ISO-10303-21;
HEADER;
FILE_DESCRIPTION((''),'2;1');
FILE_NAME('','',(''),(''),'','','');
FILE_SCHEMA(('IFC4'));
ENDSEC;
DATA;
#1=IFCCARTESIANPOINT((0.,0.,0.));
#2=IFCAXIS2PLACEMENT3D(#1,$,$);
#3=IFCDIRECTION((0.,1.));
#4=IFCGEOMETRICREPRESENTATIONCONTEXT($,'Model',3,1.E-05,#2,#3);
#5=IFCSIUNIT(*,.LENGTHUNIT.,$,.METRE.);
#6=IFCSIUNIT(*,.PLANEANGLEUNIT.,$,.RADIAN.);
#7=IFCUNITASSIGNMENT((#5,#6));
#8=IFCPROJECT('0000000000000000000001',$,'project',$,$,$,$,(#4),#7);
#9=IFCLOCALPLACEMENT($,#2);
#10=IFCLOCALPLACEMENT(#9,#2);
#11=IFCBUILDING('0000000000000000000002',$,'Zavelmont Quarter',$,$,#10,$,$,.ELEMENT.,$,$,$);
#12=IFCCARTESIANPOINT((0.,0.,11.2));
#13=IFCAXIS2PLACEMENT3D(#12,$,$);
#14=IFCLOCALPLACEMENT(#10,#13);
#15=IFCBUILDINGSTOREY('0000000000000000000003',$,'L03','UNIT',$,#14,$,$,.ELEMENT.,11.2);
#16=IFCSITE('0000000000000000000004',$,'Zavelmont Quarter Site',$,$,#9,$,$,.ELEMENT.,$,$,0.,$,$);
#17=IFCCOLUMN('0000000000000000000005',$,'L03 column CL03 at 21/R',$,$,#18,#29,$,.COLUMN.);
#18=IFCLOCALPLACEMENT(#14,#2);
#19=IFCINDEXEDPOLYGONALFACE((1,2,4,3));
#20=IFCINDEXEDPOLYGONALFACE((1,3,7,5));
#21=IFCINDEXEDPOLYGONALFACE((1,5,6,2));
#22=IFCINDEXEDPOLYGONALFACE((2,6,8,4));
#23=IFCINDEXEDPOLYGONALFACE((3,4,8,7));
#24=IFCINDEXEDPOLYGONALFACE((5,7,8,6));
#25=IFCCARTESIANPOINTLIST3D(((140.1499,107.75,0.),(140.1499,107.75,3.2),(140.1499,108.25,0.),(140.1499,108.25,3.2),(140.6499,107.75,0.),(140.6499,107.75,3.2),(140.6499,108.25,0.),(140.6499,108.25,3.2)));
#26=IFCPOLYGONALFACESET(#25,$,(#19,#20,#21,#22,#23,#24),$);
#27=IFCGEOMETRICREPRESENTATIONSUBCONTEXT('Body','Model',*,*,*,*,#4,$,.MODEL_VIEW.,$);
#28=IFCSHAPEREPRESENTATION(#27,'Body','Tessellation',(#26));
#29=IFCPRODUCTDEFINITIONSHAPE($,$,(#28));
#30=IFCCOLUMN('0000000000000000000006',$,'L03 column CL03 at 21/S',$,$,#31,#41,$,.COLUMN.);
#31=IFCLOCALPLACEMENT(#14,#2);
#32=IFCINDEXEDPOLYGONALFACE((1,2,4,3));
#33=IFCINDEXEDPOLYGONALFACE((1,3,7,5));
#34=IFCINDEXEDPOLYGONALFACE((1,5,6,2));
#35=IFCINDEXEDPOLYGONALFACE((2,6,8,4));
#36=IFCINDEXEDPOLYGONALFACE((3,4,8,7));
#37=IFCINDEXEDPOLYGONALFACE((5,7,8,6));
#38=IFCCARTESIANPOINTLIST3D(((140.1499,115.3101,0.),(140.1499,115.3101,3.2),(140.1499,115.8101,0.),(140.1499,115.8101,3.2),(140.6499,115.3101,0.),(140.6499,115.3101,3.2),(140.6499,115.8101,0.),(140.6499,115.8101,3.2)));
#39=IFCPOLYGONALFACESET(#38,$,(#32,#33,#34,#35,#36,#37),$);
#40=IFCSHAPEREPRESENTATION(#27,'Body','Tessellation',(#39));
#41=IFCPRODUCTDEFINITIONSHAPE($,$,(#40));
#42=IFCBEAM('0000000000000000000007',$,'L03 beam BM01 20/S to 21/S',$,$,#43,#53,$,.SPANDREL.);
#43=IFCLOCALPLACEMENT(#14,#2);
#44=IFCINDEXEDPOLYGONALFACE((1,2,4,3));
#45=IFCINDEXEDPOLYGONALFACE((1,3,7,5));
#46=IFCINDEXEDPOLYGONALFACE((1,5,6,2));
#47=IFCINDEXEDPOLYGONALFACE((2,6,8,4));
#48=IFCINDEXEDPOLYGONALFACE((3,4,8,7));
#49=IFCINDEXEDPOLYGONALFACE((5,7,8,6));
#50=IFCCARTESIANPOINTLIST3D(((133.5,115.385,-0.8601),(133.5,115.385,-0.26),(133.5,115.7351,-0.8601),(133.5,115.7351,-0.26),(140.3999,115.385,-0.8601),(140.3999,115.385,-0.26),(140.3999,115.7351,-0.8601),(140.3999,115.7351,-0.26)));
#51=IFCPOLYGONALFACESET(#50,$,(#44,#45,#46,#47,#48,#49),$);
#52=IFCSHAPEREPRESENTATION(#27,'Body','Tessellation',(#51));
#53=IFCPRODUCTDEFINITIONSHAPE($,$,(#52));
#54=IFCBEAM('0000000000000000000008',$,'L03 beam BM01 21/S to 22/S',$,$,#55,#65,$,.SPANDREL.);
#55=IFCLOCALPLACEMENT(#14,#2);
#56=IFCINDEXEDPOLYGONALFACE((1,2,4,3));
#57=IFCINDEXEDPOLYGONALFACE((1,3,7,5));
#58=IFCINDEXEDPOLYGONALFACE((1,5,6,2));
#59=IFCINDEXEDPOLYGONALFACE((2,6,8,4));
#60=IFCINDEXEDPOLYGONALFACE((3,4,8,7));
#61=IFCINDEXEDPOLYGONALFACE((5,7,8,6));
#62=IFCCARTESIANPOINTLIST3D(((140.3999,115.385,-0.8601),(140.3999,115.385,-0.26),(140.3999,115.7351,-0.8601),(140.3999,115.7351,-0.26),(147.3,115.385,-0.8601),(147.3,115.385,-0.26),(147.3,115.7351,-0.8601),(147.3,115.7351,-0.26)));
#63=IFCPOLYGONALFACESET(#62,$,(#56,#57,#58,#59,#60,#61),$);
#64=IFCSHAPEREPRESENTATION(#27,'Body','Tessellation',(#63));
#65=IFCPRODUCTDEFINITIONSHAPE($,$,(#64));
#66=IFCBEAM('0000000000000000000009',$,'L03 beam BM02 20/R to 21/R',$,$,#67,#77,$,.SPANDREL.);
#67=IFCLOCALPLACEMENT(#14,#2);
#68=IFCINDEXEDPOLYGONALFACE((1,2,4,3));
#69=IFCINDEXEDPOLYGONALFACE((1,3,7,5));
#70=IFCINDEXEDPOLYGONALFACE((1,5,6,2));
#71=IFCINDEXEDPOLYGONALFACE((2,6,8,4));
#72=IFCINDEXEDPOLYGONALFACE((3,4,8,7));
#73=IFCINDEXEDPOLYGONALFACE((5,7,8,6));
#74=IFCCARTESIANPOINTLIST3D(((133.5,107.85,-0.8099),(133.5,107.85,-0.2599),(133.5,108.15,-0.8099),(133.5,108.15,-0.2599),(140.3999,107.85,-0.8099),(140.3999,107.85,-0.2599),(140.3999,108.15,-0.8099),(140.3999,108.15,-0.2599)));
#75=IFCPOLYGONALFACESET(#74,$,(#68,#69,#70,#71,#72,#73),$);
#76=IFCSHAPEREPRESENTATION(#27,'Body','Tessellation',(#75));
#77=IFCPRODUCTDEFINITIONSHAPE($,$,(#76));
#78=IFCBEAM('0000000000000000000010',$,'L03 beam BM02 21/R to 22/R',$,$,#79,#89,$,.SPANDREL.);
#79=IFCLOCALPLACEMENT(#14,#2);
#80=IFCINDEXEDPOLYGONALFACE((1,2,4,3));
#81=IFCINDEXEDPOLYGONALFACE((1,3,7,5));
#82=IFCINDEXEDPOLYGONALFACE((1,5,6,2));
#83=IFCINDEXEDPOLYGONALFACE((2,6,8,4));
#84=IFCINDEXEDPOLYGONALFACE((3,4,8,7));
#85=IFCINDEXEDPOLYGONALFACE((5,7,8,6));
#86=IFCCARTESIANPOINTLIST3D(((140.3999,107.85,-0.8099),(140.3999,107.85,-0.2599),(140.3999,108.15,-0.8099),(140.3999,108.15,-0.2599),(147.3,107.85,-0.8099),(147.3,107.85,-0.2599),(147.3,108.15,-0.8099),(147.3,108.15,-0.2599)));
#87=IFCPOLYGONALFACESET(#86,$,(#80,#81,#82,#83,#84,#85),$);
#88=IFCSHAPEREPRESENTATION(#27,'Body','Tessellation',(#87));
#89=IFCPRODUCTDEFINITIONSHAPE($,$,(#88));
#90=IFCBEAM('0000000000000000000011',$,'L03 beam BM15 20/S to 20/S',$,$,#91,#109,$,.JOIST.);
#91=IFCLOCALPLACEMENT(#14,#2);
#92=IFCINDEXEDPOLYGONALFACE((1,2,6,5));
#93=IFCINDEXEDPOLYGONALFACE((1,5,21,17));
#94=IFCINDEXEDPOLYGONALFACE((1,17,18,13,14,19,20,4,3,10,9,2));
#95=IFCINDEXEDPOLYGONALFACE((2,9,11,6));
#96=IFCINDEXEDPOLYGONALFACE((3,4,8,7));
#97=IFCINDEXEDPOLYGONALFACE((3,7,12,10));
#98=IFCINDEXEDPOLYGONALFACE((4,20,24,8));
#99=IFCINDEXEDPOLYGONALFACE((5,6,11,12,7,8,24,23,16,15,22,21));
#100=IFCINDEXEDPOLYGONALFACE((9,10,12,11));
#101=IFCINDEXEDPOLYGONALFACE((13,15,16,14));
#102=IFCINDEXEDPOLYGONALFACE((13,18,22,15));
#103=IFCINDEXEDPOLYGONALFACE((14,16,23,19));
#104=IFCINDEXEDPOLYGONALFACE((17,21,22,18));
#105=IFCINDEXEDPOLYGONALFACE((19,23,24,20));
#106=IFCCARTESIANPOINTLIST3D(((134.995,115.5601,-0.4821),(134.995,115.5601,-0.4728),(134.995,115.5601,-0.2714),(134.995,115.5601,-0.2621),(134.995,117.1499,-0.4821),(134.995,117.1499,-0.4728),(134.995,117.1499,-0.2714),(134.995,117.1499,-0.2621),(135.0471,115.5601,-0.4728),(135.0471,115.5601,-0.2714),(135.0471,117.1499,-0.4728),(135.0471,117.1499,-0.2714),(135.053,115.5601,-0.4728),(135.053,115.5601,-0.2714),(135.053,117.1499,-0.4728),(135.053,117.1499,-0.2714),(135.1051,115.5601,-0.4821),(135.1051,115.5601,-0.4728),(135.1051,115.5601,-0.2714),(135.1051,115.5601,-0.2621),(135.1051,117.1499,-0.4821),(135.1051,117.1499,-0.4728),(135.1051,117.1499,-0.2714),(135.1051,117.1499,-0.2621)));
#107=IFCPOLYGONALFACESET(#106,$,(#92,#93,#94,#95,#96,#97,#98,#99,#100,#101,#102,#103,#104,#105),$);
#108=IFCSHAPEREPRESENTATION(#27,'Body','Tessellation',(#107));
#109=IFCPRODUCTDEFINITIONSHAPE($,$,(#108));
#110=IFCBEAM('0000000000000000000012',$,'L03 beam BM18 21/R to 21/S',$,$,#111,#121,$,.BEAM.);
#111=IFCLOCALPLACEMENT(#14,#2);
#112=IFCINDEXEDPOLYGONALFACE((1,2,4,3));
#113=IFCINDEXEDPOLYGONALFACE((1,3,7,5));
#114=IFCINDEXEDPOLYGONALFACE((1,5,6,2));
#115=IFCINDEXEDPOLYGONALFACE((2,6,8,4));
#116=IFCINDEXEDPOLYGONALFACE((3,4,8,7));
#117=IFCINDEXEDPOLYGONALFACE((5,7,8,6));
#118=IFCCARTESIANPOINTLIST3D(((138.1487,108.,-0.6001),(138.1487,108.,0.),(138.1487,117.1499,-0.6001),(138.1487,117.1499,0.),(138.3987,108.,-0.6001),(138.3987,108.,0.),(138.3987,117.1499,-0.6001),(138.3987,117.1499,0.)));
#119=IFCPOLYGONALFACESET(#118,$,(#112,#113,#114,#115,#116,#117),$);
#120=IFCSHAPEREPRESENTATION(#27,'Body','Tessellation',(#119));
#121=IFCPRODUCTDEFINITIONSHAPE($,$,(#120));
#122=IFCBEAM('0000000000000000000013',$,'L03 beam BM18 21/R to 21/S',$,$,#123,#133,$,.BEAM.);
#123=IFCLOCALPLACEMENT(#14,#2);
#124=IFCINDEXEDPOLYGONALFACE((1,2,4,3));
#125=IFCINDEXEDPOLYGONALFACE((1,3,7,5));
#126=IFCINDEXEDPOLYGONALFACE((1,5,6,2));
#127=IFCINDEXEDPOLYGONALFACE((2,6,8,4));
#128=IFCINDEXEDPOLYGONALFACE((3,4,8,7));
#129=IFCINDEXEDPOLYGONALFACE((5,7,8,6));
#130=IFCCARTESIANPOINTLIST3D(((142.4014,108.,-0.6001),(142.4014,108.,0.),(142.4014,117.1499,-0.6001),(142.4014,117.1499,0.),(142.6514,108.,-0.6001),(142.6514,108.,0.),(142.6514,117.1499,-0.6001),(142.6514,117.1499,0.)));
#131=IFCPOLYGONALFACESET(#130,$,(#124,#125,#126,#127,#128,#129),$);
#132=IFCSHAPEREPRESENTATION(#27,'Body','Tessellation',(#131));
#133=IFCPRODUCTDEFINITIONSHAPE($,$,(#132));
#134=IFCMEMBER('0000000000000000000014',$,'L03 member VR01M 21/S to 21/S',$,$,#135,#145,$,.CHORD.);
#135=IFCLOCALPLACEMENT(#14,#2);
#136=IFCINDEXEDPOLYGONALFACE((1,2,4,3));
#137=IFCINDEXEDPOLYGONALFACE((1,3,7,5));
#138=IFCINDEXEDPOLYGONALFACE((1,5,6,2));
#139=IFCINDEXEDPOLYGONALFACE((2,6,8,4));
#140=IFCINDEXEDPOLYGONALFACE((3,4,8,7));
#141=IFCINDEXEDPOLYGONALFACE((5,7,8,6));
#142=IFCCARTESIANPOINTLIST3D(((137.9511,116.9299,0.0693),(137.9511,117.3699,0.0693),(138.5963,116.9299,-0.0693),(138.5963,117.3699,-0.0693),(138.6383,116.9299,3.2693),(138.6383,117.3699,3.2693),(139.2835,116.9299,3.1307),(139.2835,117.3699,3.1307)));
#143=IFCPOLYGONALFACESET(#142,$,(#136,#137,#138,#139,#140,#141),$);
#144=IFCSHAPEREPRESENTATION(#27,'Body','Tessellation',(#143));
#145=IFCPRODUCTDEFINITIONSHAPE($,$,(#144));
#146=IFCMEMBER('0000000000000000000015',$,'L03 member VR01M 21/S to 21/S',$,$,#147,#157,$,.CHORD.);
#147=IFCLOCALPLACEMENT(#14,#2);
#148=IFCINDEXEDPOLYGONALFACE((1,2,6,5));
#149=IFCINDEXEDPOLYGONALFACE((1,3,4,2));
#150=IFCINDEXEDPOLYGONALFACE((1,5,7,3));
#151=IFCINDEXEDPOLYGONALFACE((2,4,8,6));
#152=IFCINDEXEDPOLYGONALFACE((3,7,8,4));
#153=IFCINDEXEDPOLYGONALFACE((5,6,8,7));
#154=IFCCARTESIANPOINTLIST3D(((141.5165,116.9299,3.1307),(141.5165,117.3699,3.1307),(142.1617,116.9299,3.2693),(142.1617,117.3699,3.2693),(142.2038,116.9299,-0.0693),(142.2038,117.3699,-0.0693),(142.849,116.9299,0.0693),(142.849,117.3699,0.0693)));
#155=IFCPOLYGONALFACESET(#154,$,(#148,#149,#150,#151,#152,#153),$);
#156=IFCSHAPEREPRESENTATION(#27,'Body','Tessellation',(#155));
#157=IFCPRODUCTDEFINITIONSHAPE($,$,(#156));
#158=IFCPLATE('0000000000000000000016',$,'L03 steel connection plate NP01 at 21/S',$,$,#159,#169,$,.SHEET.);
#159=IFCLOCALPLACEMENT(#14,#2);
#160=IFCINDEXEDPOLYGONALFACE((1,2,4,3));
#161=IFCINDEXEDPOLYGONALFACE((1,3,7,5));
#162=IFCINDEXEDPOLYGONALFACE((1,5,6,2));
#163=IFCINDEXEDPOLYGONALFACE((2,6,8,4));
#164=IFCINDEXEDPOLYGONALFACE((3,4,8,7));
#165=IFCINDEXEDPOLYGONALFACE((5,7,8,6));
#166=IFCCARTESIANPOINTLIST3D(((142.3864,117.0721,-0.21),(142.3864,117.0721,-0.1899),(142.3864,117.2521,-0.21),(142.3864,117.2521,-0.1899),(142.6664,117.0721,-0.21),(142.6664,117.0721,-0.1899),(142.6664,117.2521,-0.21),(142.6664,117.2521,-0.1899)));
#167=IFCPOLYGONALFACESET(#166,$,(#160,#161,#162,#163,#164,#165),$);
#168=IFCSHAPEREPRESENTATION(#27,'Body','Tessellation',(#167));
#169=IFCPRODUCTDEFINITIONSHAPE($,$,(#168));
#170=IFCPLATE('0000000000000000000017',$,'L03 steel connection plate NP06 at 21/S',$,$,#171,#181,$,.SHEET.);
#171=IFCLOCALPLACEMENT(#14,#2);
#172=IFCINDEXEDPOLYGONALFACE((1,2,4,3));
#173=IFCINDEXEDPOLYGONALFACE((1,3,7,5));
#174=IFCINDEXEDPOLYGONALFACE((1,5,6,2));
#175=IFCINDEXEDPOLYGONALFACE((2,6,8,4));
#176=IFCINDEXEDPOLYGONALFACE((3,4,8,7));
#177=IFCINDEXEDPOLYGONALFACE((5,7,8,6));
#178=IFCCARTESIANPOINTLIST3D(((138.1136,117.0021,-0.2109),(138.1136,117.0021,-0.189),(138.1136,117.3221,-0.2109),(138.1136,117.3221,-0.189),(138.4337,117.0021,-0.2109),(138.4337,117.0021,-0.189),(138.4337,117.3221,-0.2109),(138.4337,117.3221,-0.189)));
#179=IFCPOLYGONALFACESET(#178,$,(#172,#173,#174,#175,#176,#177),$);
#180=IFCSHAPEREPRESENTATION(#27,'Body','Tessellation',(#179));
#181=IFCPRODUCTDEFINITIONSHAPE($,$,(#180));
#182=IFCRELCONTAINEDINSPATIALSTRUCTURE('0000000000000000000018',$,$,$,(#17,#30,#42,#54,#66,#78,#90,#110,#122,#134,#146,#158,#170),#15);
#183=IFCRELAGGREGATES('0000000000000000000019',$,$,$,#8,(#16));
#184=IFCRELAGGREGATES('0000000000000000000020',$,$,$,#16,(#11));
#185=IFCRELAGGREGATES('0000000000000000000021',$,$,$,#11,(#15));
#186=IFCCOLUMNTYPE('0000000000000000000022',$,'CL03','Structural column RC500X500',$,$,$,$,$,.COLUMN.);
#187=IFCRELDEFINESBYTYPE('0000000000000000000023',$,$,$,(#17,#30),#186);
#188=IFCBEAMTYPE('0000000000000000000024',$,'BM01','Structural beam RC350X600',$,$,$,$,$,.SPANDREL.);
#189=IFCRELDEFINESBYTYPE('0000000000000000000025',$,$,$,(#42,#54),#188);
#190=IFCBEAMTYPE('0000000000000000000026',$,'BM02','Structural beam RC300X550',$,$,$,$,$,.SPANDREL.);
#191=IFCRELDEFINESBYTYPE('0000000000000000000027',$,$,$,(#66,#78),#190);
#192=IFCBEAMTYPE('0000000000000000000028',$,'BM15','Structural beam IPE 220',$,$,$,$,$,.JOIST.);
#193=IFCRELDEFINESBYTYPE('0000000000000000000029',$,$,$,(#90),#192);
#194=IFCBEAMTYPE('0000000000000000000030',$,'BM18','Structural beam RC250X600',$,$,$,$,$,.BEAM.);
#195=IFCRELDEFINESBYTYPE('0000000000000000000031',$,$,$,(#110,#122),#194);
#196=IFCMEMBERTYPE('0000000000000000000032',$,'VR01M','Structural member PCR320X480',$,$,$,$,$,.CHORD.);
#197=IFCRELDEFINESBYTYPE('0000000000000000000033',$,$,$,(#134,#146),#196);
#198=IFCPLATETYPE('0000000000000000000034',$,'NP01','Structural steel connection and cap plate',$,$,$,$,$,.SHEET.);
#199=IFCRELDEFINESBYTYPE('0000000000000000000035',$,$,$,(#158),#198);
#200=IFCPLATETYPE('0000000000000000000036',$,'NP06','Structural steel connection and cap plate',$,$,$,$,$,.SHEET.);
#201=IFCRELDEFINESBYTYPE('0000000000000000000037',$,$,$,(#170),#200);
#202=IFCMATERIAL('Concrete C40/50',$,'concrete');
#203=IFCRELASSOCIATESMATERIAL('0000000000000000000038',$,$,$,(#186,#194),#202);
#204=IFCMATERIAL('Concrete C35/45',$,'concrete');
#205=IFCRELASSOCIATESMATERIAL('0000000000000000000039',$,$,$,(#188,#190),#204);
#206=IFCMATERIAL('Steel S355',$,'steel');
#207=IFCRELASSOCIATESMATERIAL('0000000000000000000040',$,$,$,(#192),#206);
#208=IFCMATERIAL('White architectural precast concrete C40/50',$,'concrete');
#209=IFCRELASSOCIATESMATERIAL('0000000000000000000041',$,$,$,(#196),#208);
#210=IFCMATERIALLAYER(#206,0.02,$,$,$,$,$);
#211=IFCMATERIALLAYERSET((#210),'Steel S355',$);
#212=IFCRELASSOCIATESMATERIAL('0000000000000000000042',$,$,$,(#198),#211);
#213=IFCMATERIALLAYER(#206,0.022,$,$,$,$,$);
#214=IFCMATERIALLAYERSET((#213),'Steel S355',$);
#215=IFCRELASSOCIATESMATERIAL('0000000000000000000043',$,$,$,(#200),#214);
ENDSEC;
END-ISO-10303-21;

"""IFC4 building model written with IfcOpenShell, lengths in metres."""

from ifc_helpers import new_model, si_unit, direction, frame, origin, origin_2d, place, context, subcontext, project, spatial, rectangle, i_section, extrude, material, layer, layer_set, material_profile, profile_set, type_object, element, save


model = new_model("IFC4")

# Units and contexts
model_context = context("Model", 3, precision=1e-05, world=origin(), true_north=direction((0.0, 1.0)))
body_context = subcontext(model_context, "Body", "Model", "MODEL_VIEW")
ifc_project = project(units=[si_unit("LENGTHUNIT", "METRE"), si_unit("PLANEANGLEUNIT", "RADIAN")], contexts=[model_context])

# Site, building, storey
site_placement = place(None, origin())
site = spatial("IfcSite", under=ifc_project, at=site_placement, Name="Zavelmont Quarter Site", CompositionType="ELEMENT", RefElevation=0.0)
building_placement = place(site_placement, origin())
building = spatial("IfcBuilding", under=site, at=building_placement, Name="Zavelmont Quarter", CompositionType="ELEMENT")
storey_placement = place(building_placement, frame((0.0, 0.0, 11.2)))
storey = spatial("IfcBuildingStorey", under=building, at=storey_placement, Name="L03", Description="UNIT", CompositionType="ELEMENT", Elevation=11.2)

# Columns
ifc_material_1 = material(Name="Concrete C40/50", Category="concrete")
ifc_material_profile_1 = material_profile(ifc_material_1, rectangle(XDim=0.5, YDim=0.5, at=origin_2d()), Name="RC500X500")
ifc_profile_set_1 = profile_set([ifc_material_profile_1], Name="Concrete C40/50")
column_type = type_object("IfcColumnType", Name="CL03", Description="Structural column RC500X500", PredefinedType="COLUMN", material=ifc_profile_set_1)
for number, where, z_axis, x_axis, name in (
    (1, (140.3999, 108.0, 0.0), (0.0, 0.0, 1.0), (1.0, 0.0, 0.0), "L03 column CL03 at 21/R"),
    (2, (140.3999, 115.5601, 0.0), (0.0, 0.0, 1.0), (1.0, 0.0, 0.0), "L03 column CL03 at 21/S"),
):
    element("IfcColumn", number, at=place(storey_placement, frame(where, z_axis=z_axis, x_axis=x_axis)), inside=storey, type_object=column_type, Name=name, PredefinedType="COLUMN", context=body_context, shape_type="SweptSolid", body=[
        extrude(rectangle(XDim=0.5, YDim=0.5, at=origin_2d()), origin(), (0.0, 0.0, 1.0), 3.2),
    ])

# Beams
ifc_material_2 = material(Name="Concrete C35/45", Category="concrete")
ifc_material_profile_2 = material_profile(ifc_material_2, rectangle(XDim=0.3501, YDim=0.6001, at=origin_2d()), Name="RC350X600")
ifc_profile_set_2 = profile_set([ifc_material_profile_2], Name="Concrete C35/45")
beam_type_1 = type_object("IfcBeamType", Name="BM01", Description="Structural beam RC350X600", PredefinedType="SPANDREL", material=ifc_profile_set_2)
beam_1_placement = place(storey_placement, frame((133.5, 115.5601, -0.5601), z_axis=(1.0, 0.0, 0.0), x_axis=(0.0, 1.0, 0.0)))
element("IfcBeam", 3, at=beam_1_placement, inside=storey, type_object=beam_type_1, Name="L03 beam BM01 20/S to 21/S", PredefinedType="SPANDREL", context=body_context, shape_type="SweptSolid", body=[
    extrude(rectangle(XDim=0.3501, YDim=0.6001, at=origin_2d()), origin(), (0.0, 0.0, 1.0), 6.8999),
])
beam_2_placement = place(storey_placement, frame((140.3999, 115.5601, -0.5601), z_axis=(1.0, 0.0, 0.0), x_axis=(0.0, 1.0, 0.0)))
element("IfcBeam", 4, at=beam_2_placement, inside=storey, type_object=beam_type_1, Name="L03 beam BM01 21/S to 22/S", PredefinedType="SPANDREL", context=body_context, shape_type="SweptSolid", body=[
    extrude(rectangle(XDim=0.3501, YDim=0.6001, at=origin_2d()), origin(), (0.0, 0.0, 1.0), 6.9001),
])
ifc_material_profile_3 = material_profile(ifc_material_2, rectangle(XDim=0.3, YDim=0.55, at=origin_2d()), Name="RC300X550")
ifc_profile_set_3 = profile_set([ifc_material_profile_3], Name="Concrete C35/45")
beam_type_2 = type_object("IfcBeamType", Name="BM02", Description="Structural beam RC300X550", PredefinedType="SPANDREL", material=ifc_profile_set_3)
beam_3_placement = place(storey_placement, frame((133.5, 108.0, -0.5349), z_axis=(1.0, 0.0, 0.0), x_axis=(0.0, 1.0, 0.0)))
element("IfcBeam", 5, at=beam_3_placement, inside=storey, type_object=beam_type_2, Name="L03 beam BM02 20/R to 21/R", PredefinedType="SPANDREL", context=body_context, shape_type="SweptSolid", body=[
    extrude(rectangle(XDim=0.3, YDim=0.55, at=origin_2d()), origin(), (0.0, 0.0, 1.0), 6.8999),
])
beam_4_placement = place(storey_placement, frame((140.3999, 108.0, -0.5349), z_axis=(1.0, 0.0, 0.0), x_axis=(0.0, 1.0, 0.0)))
element("IfcBeam", 6, at=beam_4_placement, inside=storey, type_object=beam_type_2, Name="L03 beam BM02 21/R to 22/R", PredefinedType="SPANDREL", context=body_context, shape_type="SweptSolid", body=[
    extrude(rectangle(XDim=0.3, YDim=0.55, at=origin_2d()), origin(), (0.0, 0.0, 1.0), 6.9001),
])
ifc_material_3 = material(Name="Steel S355", Category="steel")
ifc_material_profile_4 = material_profile(ifc_material_3, i_section(OverallWidth=0.1101, OverallDepth=0.22, WebThickness=0.0059, FlangeThickness=0.0093, at=origin_2d()), Name="IPE 220")
ifc_profile_set_4 = profile_set([ifc_material_profile_4], Name="Steel S355")
beam_type_3 = type_object("IfcBeamType", Name="BM15", Description="Structural beam IPE 220", PredefinedType="JOIST", material=ifc_profile_set_4)
beam_5_placement = place(storey_placement, frame((135.05, 115.5601, -0.3721), z_axis=(0.0, 1.0, 0.0), x_axis=(-1.0, 0.0, 0.0)))
element("IfcBeam", 7, at=beam_5_placement, inside=storey, type_object=beam_type_3, Name="L03 beam BM15 20/S to 20/S", PredefinedType="JOIST", context=body_context, shape_type="SweptSolid", body=[
    extrude(i_section(OverallWidth=0.1101, OverallDepth=0.22, WebThickness=0.0059, FlangeThickness=0.0093, at=origin_2d()), origin(), (0.0, 0.0, 1.0), 1.5898),
])
ifc_material_profile_5 = material_profile(ifc_material_1, rectangle(XDim=0.25, YDim=0.6001, at=origin_2d()), Name="RC250X600")
ifc_profile_set_5 = profile_set([ifc_material_profile_5], Name="Concrete C40/50")
beam_type_4 = type_object("IfcBeamType", Name="BM18", Description="Structural beam RC250X600", PredefinedType="BEAM", material=ifc_profile_set_5)
for number, where, z_axis, x_axis, name in (
    (8, (138.2737, 108.0, -0.3), (0.0, 1.0, 0.0), (-1.0, 0.0, 0.0), "L03 beam BM18 21/R to 21/S"),
    (9, (142.5264, 108.0, -0.3), (0.0, 1.0, 0.0), (-1.0, 0.0, 0.0), "L03 beam BM18 21/R to 21/S"),
):
    element("IfcBeam", number, at=place(storey_placement, frame(where, z_axis=z_axis, x_axis=x_axis)), inside=storey, type_object=beam_type_4, Name=name, PredefinedType="BEAM", context=body_context, shape_type="SweptSolid", body=[
        extrude(rectangle(XDim=0.25, YDim=0.6001, at=origin_2d()), origin(), (0.0, 0.0, 1.0), 9.1499),
    ])

# Members
ifc_material_4 = material(Name="White architectural precast concrete C40/50", Category="concrete")
ifc_material_profile_6 = material_profile(ifc_material_4, rectangle(XDim=0.4399, YDim=0.6599, at=origin_2d()), Name="PCR320X480")
ifc_profile_set_6 = profile_set([ifc_material_profile_6], Name="White architectural precast concrete C40/50")
member_type = type_object("IfcMemberType", Name="VR01M", Description="Structural member PCR320X480", PredefinedType="CHORD", material=ifc_profile_set_6)
for number, where, z_axis, x_axis, name in (
    (10, (138.2737, 117.1499, 0.0), (0.209982, 0.0, 0.977705), (0.0, 1.0, 0.0), "L03 member VR01M 21/S to 21/S"),
    (11, (142.5264, 117.1499, 0.0), (-0.209982, 0.0, 0.977705), (0.0, -1.0, 0.0), "L03 member VR01M 21/S to 21/S"),
):
    element("IfcMember", number, at=place(storey_placement, frame(where, z_axis=z_axis, x_axis=x_axis)), inside=storey, type_object=member_type, Name=name, PredefinedType="CHORD", context=body_context, shape_type="SweptSolid", body=[
        extrude(rectangle(XDim=0.4399, YDim=0.6599, at=origin_2d()), origin(), (0.0, 0.0, 1.0), 3.2729),
    ])

# Plates
ifc_layer_1 = layer(ifc_material_3, 0.02)
ifc_layer_set_1 = layer_set([ifc_layer_1], Name="Steel S355")
plate_type_1 = type_object("IfcPlateType", Name="NP01", Description="Structural steel connection and cap plate", PredefinedType="SHEET", material=ifc_layer_set_1)
plate_1_placement = place(storey_placement, frame((142.5264, 117.1621, -0.21), z_axis=(0.0, 0.0, 1.0), x_axis=(1.0, 0.0, 0.0)))
element("IfcPlate", 12, at=plate_1_placement, inside=storey, type_object=plate_type_1, Name="L03 steel connection plate NP01 at 21/S", PredefinedType="SHEET", context=body_context, shape_type="SweptSolid", body=[
    extrude(rectangle(XDim=0.28, YDim=0.1799, at=origin_2d()), origin(), (0.0, 0.0, 1.0), 0.02),
])
ifc_layer_2 = layer(ifc_material_3, 0.022)
ifc_layer_set_2 = layer_set([ifc_layer_2], Name="Steel S355")
plate_type_2 = type_object("IfcPlateType", Name="NP06", Description="Structural steel connection and cap plate", PredefinedType="SHEET", material=ifc_layer_set_2)
plate_2_placement = place(storey_placement, frame((138.2737, 117.1621, -0.2109), z_axis=(0.0, 0.0, 1.0), x_axis=(1.0, 0.0, 0.0)))
element("IfcPlate", 13, at=plate_2_placement, inside=storey, type_object=plate_type_2, Name="L03 steel connection plate NP06 at 21/S", PredefinedType="SHEET", context=body_context, shape_type="SweptSolid", body=[
    extrude(rectangle(XDim=0.3201, YDim=0.3201, at=origin_2d()), origin(), (0.0, 0.0, 1.0), 0.022),
])

save(model, "model.ifc")
